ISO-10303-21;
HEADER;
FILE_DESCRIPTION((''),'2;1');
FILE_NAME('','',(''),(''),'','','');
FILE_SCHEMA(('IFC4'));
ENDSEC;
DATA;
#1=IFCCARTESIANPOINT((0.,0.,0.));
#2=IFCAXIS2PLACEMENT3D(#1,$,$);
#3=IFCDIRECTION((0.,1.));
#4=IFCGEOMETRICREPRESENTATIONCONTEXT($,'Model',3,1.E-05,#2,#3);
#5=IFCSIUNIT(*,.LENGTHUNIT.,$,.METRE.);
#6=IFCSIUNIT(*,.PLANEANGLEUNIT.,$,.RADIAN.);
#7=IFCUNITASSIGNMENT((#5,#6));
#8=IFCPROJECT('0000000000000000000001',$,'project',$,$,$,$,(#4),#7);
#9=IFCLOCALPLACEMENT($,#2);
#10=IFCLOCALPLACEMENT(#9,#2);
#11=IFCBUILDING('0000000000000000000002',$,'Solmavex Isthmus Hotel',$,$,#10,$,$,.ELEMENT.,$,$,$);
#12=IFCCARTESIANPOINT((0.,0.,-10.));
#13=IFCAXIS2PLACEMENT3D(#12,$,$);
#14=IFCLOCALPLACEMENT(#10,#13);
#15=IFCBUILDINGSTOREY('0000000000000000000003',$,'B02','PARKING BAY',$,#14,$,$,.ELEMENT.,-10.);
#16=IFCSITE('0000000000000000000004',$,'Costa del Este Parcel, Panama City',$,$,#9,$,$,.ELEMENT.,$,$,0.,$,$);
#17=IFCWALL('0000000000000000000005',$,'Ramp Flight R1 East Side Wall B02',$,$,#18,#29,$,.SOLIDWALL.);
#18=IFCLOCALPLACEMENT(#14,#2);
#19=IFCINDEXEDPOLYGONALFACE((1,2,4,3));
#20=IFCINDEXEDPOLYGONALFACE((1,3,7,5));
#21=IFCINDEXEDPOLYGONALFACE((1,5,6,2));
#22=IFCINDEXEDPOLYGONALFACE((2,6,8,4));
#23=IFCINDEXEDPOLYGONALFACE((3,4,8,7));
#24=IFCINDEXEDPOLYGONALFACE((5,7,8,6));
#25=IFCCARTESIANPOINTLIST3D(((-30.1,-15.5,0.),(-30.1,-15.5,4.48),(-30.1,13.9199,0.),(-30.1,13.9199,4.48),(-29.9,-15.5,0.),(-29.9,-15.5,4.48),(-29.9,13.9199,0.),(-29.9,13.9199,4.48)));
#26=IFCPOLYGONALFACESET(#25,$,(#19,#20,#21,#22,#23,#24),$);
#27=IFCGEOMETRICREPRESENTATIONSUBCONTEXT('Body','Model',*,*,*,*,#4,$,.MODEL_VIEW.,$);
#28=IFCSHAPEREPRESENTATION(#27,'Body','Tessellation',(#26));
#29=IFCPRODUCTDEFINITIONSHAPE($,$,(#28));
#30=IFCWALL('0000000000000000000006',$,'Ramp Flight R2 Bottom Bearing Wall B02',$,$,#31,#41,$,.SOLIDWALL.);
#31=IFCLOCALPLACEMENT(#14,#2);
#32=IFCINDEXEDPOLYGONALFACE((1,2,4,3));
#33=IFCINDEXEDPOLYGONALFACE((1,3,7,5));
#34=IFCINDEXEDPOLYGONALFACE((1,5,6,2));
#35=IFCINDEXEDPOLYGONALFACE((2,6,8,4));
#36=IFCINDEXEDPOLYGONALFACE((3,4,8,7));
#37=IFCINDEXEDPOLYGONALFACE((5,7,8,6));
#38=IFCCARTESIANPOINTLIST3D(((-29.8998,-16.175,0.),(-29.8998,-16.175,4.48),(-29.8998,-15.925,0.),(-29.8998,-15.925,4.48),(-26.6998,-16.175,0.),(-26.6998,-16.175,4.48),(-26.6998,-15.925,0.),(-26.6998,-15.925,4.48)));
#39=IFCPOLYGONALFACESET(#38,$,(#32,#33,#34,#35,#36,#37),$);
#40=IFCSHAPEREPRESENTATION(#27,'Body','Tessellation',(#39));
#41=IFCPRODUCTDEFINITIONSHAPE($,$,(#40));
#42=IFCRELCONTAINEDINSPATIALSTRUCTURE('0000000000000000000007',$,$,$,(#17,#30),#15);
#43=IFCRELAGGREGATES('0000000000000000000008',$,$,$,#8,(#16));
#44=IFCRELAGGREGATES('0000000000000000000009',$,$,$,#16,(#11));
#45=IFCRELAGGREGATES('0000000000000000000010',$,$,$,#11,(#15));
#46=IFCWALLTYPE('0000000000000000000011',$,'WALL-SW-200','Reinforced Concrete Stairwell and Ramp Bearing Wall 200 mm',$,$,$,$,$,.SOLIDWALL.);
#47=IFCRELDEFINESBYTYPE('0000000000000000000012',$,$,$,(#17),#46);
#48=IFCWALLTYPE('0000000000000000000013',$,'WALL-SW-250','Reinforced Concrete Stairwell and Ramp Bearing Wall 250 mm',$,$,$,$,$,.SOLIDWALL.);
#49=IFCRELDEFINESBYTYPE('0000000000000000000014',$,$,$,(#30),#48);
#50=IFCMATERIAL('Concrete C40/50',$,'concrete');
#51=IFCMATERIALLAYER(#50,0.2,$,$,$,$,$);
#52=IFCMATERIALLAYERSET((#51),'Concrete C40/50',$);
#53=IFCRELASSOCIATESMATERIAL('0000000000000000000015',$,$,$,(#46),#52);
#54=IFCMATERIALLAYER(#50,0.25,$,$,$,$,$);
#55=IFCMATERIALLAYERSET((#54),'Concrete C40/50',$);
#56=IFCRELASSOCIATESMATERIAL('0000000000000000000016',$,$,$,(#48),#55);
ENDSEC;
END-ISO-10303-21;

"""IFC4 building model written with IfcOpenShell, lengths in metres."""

from ifc_helpers import new_model, si_unit, direction, frame, frame_2d, origin, place, context, subcontext, project, spatial, rectangle, extrude, material, layer, layer_set, type_object, element, save


model = new_model("IFC4")

# Units and contexts
model_context = context("Model", 3, precision=1e-05, world=origin(), true_north=direction((0.0, 1.0)))
body_context = subcontext(model_context, "Body", "Model", "MODEL_VIEW")
ifc_project = project(units=[si_unit("LENGTHUNIT", "METRE"), si_unit("PLANEANGLEUNIT", "RADIAN")], contexts=[model_context])

# Site, building, storey
site_placement = place(None, origin())
site = spatial("IfcSite", under=ifc_project, at=site_placement, Name="Costa del Este Parcel, Panama City", CompositionType="ELEMENT", RefElevation=0.0)
building_placement = place(site_placement, origin())
building = spatial("IfcBuilding", under=site, at=building_placement, Name="Solmavex Isthmus Hotel", CompositionType="ELEMENT")
storey_placement = place(building_placement, frame((0.0, 0.0, -10.0)))
storey = spatial("IfcBuildingStorey", under=building, at=storey_placement, Name="B02", Description="PARKING BAY", CompositionType="ELEMENT", Elevation=-10.0)

# Shared definitions
ifc_material_1 = material(Name="Concrete C40/50", Category="concrete")

# Walls
ifc_layer_1 = layer(ifc_material_1, 0.2)
ifc_layer_set_1 = layer_set([ifc_layer_1], Name="Concrete C40/50")
wall_type_1 = type_object("IfcWallType", Name="WALL-SW-200", Description="Reinforced Concrete Stairwell and Ramp Bearing Wall 200 mm", PredefinedType="SOLIDWALL", material=ifc_layer_set_1)
for number, where, z_axis, x_axis, name in (
    (1, (-30.0, -15.5, 0.0), (0.0, 0.0, 1.0), (0.0, 1.0, 0.0), "Ramp Flight R1 East Side Wall B02"),
):
    element("IfcWall", number, at=place(storey_placement, frame(where, z_axis=z_axis, x_axis=x_axis)), inside=storey, type_object=wall_type_1, Name=name, PredefinedType="SOLIDWALL", context=body_context, shape_type="SweptSolid", body=[
        extrude(rectangle(XDim=29.4199, YDim=0.2, at=frame_2d((14.71, 0.0))), origin(), (0.0, 0.0, 1.0), 4.48),
    ])
ifc_layer_2 = layer(ifc_material_1, 0.25)
ifc_layer_set_2 = layer_set([ifc_layer_2], Name="Concrete C40/50")
wall_type_2 = type_object("IfcWallType", Name="WALL-SW-250", Description="Reinforced Concrete Stairwell and Ramp Bearing Wall 250 mm", PredefinedType="SOLIDWALL", material=ifc_layer_set_2)
wall_1_placement = place(storey_placement, frame((-29.8999, -16.05, 0.0), z_axis=(0.0, 0.0, 1.0), x_axis=(1.0, 0.0, 0.0)))
element("IfcWall", 2, at=wall_1_placement, inside=storey, type_object=wall_type_2, Name="Ramp Flight R2 Bottom Bearing Wall B02", PredefinedType="SOLIDWALL", context=body_context, shape_type="SweptSolid", body=[
    extrude(rectangle(XDim=3.2, YDim=0.25, at=frame_2d((1.6001, 0.0))), origin(), (0.0, 0.0, 1.0), 4.48),
])

save(model, "model.ifc")
